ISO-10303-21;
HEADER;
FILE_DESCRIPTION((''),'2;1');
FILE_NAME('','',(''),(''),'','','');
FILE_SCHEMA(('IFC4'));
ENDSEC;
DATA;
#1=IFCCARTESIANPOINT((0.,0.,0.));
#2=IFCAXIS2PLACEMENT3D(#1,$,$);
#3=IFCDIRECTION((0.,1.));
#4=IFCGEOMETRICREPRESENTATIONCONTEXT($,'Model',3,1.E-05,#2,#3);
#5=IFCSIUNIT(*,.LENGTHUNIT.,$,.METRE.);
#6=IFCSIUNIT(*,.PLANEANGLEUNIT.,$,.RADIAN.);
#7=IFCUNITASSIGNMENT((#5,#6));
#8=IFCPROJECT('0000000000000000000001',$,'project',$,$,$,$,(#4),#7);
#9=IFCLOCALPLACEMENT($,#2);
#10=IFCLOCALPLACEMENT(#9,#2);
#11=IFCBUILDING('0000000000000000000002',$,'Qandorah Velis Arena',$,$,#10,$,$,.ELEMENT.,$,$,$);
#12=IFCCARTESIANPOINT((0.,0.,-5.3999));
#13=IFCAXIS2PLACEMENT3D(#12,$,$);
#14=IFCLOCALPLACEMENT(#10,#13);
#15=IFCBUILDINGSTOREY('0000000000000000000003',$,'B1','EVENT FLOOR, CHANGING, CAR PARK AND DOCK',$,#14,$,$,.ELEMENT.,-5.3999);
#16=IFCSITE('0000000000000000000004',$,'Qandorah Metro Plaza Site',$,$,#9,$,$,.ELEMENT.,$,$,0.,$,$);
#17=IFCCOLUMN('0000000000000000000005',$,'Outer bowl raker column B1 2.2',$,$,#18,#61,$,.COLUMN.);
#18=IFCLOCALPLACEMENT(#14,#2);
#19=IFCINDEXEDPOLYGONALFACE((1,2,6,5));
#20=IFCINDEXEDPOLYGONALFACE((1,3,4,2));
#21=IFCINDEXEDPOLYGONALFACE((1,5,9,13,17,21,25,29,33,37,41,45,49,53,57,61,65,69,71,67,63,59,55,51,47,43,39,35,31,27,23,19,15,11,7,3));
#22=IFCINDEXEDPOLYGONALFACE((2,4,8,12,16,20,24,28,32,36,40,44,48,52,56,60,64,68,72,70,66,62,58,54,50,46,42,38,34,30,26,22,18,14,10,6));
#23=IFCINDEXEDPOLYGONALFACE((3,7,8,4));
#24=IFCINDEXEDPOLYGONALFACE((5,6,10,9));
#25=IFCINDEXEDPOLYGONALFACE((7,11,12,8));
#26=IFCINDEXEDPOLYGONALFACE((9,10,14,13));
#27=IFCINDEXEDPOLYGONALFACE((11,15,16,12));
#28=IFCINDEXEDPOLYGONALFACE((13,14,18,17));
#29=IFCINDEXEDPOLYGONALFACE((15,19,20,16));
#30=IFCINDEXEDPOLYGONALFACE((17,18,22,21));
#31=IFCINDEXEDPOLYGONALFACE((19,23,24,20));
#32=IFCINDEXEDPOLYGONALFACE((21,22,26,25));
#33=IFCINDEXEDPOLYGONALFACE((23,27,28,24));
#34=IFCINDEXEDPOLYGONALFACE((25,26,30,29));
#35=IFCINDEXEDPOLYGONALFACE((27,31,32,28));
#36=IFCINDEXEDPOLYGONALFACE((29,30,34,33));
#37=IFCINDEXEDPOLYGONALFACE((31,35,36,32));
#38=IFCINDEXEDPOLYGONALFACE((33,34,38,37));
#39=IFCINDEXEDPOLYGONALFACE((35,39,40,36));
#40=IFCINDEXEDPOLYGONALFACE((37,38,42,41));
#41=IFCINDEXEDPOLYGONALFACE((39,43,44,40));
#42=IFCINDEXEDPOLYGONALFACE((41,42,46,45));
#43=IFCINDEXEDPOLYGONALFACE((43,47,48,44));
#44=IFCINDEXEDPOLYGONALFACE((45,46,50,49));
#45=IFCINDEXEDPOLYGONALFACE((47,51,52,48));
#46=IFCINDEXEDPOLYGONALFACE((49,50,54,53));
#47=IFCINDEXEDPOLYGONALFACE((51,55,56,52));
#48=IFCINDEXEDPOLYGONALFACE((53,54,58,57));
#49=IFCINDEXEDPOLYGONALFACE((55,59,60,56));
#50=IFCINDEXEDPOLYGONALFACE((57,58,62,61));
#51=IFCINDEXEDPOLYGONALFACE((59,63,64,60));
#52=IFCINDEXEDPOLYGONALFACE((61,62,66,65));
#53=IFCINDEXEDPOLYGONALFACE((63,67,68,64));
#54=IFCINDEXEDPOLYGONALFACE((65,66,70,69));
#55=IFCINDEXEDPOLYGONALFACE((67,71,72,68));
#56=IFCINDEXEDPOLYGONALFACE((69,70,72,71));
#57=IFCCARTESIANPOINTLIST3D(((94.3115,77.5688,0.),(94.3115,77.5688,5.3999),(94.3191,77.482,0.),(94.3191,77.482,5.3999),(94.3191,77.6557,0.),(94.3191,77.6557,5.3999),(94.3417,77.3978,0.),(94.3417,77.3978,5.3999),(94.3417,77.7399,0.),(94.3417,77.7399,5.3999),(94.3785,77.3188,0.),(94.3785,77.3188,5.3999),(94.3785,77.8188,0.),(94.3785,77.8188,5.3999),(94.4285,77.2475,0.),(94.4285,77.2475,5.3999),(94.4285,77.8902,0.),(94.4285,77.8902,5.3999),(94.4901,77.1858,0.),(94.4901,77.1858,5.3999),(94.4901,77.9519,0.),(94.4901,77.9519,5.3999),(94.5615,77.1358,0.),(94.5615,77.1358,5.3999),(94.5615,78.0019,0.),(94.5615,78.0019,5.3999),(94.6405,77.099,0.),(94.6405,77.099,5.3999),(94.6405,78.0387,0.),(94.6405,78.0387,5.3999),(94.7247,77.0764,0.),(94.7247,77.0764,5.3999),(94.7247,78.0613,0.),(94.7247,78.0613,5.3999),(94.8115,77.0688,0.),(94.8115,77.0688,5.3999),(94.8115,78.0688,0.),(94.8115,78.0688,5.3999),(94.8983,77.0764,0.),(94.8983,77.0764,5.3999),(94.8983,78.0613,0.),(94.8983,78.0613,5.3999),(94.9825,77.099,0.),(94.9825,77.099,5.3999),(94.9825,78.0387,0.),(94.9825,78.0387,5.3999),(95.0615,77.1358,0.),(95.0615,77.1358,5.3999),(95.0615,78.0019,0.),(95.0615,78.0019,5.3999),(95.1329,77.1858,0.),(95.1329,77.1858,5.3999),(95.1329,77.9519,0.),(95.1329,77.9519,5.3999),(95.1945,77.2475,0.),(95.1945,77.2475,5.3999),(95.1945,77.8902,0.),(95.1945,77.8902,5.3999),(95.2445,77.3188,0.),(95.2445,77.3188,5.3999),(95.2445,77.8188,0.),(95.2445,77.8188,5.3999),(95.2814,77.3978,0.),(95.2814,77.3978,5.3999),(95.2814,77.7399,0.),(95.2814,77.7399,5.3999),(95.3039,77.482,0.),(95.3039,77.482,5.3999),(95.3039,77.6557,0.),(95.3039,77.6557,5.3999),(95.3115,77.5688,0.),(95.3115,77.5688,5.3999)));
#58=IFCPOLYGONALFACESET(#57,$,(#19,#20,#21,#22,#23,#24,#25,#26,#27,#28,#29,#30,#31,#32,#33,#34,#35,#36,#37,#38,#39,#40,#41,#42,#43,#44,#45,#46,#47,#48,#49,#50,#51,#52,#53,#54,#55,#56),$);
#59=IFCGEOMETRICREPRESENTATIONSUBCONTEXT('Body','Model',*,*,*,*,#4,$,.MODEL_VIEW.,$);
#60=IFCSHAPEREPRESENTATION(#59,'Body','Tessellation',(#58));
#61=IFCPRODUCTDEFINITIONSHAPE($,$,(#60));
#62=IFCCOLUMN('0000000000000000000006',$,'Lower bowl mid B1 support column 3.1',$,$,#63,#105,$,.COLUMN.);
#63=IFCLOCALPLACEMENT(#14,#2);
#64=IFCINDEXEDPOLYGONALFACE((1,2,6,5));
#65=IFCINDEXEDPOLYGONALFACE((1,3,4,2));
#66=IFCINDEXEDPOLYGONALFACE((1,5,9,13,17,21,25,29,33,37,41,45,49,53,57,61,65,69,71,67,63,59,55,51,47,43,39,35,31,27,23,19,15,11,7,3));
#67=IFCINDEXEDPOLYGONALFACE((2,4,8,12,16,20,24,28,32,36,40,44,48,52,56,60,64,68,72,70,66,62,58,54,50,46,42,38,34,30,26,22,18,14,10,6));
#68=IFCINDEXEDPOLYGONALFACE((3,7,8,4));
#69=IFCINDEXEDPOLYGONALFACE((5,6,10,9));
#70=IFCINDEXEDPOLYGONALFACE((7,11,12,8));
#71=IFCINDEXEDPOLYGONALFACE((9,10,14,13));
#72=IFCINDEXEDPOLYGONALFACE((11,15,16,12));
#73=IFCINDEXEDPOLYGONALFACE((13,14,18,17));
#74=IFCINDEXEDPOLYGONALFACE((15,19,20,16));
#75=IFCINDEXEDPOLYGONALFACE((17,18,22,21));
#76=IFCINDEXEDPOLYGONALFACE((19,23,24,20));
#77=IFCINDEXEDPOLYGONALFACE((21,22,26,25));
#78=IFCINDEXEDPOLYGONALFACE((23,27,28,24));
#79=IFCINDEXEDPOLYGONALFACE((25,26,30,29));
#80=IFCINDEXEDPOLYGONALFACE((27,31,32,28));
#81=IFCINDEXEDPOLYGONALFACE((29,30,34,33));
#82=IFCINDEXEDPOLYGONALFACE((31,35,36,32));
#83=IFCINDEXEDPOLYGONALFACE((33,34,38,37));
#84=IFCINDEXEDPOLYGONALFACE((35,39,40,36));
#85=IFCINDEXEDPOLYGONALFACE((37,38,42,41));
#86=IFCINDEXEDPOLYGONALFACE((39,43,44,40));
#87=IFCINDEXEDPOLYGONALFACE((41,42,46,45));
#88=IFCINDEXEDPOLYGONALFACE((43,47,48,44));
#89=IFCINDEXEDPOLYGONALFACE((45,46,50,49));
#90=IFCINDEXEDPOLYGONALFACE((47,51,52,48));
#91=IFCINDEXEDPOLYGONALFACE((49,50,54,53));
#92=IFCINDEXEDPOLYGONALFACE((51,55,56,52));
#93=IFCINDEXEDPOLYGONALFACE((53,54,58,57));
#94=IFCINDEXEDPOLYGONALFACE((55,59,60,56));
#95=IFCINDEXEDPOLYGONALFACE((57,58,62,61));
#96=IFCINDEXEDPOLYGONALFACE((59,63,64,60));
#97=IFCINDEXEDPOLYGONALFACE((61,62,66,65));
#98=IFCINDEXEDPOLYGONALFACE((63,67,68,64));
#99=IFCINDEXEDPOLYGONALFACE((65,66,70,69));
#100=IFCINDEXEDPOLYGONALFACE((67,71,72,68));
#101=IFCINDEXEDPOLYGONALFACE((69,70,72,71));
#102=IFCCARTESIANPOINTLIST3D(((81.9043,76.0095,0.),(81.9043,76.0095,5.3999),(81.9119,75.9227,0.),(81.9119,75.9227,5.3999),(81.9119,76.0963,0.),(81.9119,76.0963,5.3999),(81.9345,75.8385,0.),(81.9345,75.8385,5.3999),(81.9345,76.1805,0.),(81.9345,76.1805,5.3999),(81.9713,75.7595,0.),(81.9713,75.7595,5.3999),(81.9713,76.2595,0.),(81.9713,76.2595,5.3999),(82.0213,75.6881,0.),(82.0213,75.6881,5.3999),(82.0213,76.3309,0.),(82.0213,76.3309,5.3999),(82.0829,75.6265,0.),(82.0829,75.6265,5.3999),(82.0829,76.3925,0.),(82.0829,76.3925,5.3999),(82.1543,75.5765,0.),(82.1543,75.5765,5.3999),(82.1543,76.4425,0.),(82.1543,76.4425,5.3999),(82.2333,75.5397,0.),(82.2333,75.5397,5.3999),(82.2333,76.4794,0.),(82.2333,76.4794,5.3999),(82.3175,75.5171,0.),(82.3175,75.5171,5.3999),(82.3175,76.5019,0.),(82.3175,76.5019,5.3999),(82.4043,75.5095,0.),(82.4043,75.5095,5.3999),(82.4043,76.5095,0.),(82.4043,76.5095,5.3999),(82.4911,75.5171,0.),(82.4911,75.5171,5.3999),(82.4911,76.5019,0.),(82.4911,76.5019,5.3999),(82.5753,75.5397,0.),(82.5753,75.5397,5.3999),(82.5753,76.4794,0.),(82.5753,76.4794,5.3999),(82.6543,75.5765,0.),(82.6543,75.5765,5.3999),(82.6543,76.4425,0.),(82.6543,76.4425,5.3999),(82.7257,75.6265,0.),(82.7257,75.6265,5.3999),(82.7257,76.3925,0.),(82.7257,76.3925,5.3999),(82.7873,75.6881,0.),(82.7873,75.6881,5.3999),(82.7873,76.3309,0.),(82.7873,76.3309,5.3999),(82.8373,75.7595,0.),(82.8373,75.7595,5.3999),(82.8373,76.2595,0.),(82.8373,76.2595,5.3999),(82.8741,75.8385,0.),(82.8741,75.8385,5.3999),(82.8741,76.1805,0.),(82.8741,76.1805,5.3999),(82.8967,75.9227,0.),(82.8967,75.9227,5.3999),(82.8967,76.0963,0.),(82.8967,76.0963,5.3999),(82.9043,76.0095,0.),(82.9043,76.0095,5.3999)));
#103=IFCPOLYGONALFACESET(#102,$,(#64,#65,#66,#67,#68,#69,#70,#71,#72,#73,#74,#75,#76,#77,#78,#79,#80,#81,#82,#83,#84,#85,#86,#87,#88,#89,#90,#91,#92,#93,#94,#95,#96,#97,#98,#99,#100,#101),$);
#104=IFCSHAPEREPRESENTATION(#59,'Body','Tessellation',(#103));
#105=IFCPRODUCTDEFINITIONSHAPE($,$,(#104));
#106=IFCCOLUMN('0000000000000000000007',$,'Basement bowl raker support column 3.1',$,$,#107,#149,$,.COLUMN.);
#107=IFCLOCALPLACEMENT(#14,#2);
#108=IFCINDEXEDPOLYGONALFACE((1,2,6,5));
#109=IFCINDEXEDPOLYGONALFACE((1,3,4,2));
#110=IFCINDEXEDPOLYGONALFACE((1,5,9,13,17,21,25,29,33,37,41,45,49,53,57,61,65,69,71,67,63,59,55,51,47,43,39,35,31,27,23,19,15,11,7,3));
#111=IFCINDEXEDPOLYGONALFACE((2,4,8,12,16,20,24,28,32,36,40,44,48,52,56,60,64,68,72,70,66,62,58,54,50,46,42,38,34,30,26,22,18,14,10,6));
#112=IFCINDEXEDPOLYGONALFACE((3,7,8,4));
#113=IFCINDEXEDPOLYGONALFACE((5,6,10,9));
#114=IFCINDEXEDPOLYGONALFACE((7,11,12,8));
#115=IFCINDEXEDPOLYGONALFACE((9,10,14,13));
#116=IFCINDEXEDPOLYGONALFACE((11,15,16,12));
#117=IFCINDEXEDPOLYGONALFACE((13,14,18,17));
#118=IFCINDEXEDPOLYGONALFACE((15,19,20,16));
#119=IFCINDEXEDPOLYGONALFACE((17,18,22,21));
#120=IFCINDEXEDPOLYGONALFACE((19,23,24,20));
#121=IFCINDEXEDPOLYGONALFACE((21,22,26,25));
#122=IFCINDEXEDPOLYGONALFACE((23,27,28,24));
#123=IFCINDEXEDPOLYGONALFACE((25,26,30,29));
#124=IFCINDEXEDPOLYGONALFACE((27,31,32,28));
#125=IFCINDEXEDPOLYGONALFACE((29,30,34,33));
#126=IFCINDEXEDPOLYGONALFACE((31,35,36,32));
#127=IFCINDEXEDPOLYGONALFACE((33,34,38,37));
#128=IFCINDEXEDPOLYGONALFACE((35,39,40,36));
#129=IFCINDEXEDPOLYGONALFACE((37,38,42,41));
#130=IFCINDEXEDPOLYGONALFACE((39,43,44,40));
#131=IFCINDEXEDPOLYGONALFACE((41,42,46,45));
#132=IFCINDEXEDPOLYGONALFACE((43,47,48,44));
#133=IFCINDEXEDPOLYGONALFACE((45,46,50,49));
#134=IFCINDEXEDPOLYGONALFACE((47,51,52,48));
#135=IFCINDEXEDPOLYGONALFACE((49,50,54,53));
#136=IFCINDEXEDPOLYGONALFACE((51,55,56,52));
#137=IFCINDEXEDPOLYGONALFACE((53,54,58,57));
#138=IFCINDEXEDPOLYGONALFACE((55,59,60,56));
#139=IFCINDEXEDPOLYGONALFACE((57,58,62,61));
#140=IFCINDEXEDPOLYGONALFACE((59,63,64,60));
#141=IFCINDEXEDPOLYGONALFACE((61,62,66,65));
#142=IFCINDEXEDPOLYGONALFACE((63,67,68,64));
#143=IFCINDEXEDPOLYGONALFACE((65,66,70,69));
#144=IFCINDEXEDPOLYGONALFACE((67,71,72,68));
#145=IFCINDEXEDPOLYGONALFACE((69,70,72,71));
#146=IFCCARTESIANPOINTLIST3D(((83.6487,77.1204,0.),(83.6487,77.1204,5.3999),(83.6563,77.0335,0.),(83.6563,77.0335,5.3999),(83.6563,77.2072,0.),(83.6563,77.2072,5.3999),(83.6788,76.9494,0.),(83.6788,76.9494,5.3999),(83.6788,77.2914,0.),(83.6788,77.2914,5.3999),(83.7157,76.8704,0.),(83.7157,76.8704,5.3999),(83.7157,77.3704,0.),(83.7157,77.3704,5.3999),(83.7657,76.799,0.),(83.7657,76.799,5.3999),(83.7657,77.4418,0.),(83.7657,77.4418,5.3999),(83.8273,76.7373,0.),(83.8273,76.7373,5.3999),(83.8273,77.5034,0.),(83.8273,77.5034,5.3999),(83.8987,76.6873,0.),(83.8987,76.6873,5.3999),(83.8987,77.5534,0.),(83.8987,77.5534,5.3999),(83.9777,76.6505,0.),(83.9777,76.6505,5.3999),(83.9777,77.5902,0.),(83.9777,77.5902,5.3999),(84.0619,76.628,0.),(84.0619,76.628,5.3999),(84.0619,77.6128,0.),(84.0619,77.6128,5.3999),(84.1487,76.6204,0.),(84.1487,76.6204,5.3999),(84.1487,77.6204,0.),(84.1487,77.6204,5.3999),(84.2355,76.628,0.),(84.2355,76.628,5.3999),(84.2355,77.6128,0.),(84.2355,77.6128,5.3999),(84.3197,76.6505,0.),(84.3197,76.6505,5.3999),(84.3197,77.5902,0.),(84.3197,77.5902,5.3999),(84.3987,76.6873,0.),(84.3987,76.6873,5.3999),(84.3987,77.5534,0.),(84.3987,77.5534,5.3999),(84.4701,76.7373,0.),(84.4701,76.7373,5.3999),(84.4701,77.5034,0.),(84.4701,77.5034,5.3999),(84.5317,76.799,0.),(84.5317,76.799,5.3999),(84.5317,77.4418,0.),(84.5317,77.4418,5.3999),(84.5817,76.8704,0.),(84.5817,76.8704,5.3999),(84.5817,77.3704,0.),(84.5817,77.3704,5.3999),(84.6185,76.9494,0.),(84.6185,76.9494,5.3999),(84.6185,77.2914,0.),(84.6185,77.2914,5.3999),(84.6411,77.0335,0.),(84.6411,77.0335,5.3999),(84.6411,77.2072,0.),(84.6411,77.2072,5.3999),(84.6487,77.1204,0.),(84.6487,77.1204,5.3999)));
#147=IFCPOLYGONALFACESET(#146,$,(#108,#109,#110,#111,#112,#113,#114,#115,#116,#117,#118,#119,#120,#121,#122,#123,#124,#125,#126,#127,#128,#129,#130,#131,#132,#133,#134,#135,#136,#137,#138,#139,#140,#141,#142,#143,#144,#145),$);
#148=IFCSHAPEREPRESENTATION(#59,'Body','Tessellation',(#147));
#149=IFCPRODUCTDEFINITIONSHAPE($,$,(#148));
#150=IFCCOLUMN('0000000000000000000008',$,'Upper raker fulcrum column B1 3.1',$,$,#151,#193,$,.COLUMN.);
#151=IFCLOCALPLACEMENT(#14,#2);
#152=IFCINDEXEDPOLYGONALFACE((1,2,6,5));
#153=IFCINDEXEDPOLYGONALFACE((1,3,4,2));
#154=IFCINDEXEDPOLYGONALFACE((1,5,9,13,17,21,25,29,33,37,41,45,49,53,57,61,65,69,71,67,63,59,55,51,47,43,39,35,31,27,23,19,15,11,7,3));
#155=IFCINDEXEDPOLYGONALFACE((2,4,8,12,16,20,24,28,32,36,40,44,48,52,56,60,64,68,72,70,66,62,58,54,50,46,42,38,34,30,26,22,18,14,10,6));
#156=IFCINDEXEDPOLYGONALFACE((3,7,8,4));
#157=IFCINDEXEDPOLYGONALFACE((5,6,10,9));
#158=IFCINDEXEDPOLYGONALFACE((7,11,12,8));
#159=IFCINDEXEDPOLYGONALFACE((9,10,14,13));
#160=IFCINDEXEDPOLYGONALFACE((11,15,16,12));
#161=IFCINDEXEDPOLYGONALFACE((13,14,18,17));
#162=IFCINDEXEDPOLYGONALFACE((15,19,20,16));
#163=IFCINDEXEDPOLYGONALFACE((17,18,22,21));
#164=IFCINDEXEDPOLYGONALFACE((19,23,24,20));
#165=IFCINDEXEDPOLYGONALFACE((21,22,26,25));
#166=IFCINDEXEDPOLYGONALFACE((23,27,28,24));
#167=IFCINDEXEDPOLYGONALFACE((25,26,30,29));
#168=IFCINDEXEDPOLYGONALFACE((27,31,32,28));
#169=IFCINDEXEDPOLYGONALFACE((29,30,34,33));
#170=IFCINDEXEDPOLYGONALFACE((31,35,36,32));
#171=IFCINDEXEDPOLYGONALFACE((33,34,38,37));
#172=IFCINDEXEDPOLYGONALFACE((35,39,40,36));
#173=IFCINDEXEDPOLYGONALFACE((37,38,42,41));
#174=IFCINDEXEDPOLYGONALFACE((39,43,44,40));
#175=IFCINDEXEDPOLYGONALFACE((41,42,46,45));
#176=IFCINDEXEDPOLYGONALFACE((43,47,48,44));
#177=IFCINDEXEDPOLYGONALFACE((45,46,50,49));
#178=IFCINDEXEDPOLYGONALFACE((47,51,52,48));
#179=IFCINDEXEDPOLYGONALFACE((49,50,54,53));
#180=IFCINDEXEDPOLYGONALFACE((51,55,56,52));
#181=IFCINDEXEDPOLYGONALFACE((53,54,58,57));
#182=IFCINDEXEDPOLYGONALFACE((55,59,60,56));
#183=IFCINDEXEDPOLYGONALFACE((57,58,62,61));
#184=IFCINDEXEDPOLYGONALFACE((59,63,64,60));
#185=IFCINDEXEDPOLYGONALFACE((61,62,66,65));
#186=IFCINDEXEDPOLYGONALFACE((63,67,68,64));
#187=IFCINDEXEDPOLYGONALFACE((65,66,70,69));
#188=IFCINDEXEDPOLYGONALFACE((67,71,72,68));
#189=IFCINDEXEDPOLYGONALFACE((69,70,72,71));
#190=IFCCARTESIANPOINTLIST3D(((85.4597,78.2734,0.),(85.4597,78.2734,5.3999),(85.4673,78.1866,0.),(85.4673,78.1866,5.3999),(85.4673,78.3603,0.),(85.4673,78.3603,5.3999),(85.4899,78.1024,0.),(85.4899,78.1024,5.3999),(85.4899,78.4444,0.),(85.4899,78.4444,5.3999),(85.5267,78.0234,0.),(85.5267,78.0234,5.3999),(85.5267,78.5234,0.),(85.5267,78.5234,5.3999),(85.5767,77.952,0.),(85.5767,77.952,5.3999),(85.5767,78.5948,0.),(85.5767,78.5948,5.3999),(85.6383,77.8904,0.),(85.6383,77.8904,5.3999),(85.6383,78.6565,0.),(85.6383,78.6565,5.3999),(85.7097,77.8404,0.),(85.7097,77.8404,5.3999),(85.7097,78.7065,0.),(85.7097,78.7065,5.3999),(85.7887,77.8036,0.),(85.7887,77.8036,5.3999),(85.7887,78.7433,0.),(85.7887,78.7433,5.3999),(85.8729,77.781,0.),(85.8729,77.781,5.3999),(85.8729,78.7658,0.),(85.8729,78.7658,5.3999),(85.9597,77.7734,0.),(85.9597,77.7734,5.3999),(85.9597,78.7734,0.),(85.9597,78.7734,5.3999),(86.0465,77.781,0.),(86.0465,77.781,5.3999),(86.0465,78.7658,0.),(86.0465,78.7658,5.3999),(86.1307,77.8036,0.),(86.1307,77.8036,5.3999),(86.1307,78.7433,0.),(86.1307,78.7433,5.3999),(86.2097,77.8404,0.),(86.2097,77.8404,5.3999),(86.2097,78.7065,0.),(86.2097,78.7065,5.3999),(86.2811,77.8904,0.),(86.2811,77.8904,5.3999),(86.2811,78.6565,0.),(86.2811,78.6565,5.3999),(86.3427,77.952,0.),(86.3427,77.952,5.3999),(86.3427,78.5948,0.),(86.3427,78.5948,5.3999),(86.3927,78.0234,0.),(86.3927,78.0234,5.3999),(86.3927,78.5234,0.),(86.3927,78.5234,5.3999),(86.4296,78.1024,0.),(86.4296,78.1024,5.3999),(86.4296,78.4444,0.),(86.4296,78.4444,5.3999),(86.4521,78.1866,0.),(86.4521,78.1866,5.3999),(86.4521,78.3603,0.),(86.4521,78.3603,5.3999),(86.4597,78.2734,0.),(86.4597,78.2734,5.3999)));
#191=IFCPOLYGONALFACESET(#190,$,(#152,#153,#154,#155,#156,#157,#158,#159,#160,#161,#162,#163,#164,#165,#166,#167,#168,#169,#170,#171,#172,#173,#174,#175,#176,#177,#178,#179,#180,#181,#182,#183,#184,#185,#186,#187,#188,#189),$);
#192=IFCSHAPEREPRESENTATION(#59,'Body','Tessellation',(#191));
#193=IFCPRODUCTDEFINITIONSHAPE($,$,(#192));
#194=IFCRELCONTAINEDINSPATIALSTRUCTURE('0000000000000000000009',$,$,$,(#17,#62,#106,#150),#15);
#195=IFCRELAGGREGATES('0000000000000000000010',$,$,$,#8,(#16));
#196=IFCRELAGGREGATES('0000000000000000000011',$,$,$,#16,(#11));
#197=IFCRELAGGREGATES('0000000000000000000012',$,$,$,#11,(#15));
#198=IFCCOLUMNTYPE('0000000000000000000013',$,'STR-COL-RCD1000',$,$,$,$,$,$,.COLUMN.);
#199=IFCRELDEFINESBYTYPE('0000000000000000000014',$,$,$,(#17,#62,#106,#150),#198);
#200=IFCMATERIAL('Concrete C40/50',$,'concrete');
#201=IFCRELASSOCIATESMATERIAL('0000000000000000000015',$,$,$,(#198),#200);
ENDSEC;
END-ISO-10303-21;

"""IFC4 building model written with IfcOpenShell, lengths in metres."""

from ifc_helpers import new_model, si_unit, direction, frame, origin, origin_2d, place, context, subcontext, project, spatial, circle, extrude, material, material_profile, profile_set, type_object, element, save


model = new_model("IFC4")

# Units and contexts
model_context = context("Model", 3, precision=1e-05, world=origin(), true_north=direction((0.0, 1.0)))
body_context = subcontext(model_context, "Body", "Model", "MODEL_VIEW")
ifc_project = project(units=[si_unit("LENGTHUNIT", "METRE"), si_unit("PLANEANGLEUNIT", "RADIAN")], contexts=[model_context])

# Site, building, storey
site_placement = place(None, origin())
site = spatial("IfcSite", under=ifc_project, at=site_placement, Name="Qandorah Metro Plaza Site", CompositionType="ELEMENT", RefElevation=0.0)
building_placement = place(site_placement, origin())
building = spatial("IfcBuilding", under=site, at=building_placement, Name="Qandorah Velis Arena", CompositionType="ELEMENT")
storey_placement = place(building_placement, frame((0.0, 0.0, -5.3999)))
storey = spatial("IfcBuildingStorey", under=building, at=storey_placement, Name="B1", Description="EVENT FLOOR, CHANGING, CAR PARK AND DOCK", CompositionType="ELEMENT", Elevation=-5.3999)

# Shared definitions
ifc_material = material(Name="Concrete C40/50", Category="concrete")

# Columns
ifc_material_profile_1 = material_profile(ifc_material, circle(Radius=0.5, at=origin_2d()), Name="RC D1000")
ifc_profile_set_1 = profile_set([ifc_material_profile_1], Name="Concrete C40/50")
column_type_1 = type_object("IfcColumnType", Name="STR-COL-RCD1000", PredefinedType="COLUMN", material=ifc_profile_set_1)
for number, where, z_axis, x_axis, name in (
    (1, (94.8115, 77.5688, 0.0), (0.0, 0.0, 1.0), (1.0, 0.0, 0.0), "Outer bowl raker column B1 2.2"),
    (2, (82.4043, 76.0095, 0.0), (0.0, 0.0, 1.0), (1.0, 0.0, 0.0), "Lower bowl mid B1 support column 3.1"),
    (3, (84.1487, 77.1204, 0.0), (0.0, 0.0, 1.0), (1.0, 0.0, 0.0), "Basement bowl raker support column 3.1"),
    (4, (85.9597, 78.2734, 0.0), (0.0, 0.0, 1.0), (1.0, 0.0, 0.0), "Upper raker fulcrum column B1 3.1"),
):
    element("IfcColumn", number, at=place(storey_placement, frame(where, z_axis=z_axis, x_axis=x_axis)), inside=storey, type_object=column_type_1, Name=name, PredefinedType="COLUMN", context=body_context, shape_type="SweptSolid", body=[
        extrude(circle(Radius=0.5, at=origin_2d()), origin(), (0.0, 0.0, 1.0), 5.3999),
    ])

save(model, "model.ifc")
